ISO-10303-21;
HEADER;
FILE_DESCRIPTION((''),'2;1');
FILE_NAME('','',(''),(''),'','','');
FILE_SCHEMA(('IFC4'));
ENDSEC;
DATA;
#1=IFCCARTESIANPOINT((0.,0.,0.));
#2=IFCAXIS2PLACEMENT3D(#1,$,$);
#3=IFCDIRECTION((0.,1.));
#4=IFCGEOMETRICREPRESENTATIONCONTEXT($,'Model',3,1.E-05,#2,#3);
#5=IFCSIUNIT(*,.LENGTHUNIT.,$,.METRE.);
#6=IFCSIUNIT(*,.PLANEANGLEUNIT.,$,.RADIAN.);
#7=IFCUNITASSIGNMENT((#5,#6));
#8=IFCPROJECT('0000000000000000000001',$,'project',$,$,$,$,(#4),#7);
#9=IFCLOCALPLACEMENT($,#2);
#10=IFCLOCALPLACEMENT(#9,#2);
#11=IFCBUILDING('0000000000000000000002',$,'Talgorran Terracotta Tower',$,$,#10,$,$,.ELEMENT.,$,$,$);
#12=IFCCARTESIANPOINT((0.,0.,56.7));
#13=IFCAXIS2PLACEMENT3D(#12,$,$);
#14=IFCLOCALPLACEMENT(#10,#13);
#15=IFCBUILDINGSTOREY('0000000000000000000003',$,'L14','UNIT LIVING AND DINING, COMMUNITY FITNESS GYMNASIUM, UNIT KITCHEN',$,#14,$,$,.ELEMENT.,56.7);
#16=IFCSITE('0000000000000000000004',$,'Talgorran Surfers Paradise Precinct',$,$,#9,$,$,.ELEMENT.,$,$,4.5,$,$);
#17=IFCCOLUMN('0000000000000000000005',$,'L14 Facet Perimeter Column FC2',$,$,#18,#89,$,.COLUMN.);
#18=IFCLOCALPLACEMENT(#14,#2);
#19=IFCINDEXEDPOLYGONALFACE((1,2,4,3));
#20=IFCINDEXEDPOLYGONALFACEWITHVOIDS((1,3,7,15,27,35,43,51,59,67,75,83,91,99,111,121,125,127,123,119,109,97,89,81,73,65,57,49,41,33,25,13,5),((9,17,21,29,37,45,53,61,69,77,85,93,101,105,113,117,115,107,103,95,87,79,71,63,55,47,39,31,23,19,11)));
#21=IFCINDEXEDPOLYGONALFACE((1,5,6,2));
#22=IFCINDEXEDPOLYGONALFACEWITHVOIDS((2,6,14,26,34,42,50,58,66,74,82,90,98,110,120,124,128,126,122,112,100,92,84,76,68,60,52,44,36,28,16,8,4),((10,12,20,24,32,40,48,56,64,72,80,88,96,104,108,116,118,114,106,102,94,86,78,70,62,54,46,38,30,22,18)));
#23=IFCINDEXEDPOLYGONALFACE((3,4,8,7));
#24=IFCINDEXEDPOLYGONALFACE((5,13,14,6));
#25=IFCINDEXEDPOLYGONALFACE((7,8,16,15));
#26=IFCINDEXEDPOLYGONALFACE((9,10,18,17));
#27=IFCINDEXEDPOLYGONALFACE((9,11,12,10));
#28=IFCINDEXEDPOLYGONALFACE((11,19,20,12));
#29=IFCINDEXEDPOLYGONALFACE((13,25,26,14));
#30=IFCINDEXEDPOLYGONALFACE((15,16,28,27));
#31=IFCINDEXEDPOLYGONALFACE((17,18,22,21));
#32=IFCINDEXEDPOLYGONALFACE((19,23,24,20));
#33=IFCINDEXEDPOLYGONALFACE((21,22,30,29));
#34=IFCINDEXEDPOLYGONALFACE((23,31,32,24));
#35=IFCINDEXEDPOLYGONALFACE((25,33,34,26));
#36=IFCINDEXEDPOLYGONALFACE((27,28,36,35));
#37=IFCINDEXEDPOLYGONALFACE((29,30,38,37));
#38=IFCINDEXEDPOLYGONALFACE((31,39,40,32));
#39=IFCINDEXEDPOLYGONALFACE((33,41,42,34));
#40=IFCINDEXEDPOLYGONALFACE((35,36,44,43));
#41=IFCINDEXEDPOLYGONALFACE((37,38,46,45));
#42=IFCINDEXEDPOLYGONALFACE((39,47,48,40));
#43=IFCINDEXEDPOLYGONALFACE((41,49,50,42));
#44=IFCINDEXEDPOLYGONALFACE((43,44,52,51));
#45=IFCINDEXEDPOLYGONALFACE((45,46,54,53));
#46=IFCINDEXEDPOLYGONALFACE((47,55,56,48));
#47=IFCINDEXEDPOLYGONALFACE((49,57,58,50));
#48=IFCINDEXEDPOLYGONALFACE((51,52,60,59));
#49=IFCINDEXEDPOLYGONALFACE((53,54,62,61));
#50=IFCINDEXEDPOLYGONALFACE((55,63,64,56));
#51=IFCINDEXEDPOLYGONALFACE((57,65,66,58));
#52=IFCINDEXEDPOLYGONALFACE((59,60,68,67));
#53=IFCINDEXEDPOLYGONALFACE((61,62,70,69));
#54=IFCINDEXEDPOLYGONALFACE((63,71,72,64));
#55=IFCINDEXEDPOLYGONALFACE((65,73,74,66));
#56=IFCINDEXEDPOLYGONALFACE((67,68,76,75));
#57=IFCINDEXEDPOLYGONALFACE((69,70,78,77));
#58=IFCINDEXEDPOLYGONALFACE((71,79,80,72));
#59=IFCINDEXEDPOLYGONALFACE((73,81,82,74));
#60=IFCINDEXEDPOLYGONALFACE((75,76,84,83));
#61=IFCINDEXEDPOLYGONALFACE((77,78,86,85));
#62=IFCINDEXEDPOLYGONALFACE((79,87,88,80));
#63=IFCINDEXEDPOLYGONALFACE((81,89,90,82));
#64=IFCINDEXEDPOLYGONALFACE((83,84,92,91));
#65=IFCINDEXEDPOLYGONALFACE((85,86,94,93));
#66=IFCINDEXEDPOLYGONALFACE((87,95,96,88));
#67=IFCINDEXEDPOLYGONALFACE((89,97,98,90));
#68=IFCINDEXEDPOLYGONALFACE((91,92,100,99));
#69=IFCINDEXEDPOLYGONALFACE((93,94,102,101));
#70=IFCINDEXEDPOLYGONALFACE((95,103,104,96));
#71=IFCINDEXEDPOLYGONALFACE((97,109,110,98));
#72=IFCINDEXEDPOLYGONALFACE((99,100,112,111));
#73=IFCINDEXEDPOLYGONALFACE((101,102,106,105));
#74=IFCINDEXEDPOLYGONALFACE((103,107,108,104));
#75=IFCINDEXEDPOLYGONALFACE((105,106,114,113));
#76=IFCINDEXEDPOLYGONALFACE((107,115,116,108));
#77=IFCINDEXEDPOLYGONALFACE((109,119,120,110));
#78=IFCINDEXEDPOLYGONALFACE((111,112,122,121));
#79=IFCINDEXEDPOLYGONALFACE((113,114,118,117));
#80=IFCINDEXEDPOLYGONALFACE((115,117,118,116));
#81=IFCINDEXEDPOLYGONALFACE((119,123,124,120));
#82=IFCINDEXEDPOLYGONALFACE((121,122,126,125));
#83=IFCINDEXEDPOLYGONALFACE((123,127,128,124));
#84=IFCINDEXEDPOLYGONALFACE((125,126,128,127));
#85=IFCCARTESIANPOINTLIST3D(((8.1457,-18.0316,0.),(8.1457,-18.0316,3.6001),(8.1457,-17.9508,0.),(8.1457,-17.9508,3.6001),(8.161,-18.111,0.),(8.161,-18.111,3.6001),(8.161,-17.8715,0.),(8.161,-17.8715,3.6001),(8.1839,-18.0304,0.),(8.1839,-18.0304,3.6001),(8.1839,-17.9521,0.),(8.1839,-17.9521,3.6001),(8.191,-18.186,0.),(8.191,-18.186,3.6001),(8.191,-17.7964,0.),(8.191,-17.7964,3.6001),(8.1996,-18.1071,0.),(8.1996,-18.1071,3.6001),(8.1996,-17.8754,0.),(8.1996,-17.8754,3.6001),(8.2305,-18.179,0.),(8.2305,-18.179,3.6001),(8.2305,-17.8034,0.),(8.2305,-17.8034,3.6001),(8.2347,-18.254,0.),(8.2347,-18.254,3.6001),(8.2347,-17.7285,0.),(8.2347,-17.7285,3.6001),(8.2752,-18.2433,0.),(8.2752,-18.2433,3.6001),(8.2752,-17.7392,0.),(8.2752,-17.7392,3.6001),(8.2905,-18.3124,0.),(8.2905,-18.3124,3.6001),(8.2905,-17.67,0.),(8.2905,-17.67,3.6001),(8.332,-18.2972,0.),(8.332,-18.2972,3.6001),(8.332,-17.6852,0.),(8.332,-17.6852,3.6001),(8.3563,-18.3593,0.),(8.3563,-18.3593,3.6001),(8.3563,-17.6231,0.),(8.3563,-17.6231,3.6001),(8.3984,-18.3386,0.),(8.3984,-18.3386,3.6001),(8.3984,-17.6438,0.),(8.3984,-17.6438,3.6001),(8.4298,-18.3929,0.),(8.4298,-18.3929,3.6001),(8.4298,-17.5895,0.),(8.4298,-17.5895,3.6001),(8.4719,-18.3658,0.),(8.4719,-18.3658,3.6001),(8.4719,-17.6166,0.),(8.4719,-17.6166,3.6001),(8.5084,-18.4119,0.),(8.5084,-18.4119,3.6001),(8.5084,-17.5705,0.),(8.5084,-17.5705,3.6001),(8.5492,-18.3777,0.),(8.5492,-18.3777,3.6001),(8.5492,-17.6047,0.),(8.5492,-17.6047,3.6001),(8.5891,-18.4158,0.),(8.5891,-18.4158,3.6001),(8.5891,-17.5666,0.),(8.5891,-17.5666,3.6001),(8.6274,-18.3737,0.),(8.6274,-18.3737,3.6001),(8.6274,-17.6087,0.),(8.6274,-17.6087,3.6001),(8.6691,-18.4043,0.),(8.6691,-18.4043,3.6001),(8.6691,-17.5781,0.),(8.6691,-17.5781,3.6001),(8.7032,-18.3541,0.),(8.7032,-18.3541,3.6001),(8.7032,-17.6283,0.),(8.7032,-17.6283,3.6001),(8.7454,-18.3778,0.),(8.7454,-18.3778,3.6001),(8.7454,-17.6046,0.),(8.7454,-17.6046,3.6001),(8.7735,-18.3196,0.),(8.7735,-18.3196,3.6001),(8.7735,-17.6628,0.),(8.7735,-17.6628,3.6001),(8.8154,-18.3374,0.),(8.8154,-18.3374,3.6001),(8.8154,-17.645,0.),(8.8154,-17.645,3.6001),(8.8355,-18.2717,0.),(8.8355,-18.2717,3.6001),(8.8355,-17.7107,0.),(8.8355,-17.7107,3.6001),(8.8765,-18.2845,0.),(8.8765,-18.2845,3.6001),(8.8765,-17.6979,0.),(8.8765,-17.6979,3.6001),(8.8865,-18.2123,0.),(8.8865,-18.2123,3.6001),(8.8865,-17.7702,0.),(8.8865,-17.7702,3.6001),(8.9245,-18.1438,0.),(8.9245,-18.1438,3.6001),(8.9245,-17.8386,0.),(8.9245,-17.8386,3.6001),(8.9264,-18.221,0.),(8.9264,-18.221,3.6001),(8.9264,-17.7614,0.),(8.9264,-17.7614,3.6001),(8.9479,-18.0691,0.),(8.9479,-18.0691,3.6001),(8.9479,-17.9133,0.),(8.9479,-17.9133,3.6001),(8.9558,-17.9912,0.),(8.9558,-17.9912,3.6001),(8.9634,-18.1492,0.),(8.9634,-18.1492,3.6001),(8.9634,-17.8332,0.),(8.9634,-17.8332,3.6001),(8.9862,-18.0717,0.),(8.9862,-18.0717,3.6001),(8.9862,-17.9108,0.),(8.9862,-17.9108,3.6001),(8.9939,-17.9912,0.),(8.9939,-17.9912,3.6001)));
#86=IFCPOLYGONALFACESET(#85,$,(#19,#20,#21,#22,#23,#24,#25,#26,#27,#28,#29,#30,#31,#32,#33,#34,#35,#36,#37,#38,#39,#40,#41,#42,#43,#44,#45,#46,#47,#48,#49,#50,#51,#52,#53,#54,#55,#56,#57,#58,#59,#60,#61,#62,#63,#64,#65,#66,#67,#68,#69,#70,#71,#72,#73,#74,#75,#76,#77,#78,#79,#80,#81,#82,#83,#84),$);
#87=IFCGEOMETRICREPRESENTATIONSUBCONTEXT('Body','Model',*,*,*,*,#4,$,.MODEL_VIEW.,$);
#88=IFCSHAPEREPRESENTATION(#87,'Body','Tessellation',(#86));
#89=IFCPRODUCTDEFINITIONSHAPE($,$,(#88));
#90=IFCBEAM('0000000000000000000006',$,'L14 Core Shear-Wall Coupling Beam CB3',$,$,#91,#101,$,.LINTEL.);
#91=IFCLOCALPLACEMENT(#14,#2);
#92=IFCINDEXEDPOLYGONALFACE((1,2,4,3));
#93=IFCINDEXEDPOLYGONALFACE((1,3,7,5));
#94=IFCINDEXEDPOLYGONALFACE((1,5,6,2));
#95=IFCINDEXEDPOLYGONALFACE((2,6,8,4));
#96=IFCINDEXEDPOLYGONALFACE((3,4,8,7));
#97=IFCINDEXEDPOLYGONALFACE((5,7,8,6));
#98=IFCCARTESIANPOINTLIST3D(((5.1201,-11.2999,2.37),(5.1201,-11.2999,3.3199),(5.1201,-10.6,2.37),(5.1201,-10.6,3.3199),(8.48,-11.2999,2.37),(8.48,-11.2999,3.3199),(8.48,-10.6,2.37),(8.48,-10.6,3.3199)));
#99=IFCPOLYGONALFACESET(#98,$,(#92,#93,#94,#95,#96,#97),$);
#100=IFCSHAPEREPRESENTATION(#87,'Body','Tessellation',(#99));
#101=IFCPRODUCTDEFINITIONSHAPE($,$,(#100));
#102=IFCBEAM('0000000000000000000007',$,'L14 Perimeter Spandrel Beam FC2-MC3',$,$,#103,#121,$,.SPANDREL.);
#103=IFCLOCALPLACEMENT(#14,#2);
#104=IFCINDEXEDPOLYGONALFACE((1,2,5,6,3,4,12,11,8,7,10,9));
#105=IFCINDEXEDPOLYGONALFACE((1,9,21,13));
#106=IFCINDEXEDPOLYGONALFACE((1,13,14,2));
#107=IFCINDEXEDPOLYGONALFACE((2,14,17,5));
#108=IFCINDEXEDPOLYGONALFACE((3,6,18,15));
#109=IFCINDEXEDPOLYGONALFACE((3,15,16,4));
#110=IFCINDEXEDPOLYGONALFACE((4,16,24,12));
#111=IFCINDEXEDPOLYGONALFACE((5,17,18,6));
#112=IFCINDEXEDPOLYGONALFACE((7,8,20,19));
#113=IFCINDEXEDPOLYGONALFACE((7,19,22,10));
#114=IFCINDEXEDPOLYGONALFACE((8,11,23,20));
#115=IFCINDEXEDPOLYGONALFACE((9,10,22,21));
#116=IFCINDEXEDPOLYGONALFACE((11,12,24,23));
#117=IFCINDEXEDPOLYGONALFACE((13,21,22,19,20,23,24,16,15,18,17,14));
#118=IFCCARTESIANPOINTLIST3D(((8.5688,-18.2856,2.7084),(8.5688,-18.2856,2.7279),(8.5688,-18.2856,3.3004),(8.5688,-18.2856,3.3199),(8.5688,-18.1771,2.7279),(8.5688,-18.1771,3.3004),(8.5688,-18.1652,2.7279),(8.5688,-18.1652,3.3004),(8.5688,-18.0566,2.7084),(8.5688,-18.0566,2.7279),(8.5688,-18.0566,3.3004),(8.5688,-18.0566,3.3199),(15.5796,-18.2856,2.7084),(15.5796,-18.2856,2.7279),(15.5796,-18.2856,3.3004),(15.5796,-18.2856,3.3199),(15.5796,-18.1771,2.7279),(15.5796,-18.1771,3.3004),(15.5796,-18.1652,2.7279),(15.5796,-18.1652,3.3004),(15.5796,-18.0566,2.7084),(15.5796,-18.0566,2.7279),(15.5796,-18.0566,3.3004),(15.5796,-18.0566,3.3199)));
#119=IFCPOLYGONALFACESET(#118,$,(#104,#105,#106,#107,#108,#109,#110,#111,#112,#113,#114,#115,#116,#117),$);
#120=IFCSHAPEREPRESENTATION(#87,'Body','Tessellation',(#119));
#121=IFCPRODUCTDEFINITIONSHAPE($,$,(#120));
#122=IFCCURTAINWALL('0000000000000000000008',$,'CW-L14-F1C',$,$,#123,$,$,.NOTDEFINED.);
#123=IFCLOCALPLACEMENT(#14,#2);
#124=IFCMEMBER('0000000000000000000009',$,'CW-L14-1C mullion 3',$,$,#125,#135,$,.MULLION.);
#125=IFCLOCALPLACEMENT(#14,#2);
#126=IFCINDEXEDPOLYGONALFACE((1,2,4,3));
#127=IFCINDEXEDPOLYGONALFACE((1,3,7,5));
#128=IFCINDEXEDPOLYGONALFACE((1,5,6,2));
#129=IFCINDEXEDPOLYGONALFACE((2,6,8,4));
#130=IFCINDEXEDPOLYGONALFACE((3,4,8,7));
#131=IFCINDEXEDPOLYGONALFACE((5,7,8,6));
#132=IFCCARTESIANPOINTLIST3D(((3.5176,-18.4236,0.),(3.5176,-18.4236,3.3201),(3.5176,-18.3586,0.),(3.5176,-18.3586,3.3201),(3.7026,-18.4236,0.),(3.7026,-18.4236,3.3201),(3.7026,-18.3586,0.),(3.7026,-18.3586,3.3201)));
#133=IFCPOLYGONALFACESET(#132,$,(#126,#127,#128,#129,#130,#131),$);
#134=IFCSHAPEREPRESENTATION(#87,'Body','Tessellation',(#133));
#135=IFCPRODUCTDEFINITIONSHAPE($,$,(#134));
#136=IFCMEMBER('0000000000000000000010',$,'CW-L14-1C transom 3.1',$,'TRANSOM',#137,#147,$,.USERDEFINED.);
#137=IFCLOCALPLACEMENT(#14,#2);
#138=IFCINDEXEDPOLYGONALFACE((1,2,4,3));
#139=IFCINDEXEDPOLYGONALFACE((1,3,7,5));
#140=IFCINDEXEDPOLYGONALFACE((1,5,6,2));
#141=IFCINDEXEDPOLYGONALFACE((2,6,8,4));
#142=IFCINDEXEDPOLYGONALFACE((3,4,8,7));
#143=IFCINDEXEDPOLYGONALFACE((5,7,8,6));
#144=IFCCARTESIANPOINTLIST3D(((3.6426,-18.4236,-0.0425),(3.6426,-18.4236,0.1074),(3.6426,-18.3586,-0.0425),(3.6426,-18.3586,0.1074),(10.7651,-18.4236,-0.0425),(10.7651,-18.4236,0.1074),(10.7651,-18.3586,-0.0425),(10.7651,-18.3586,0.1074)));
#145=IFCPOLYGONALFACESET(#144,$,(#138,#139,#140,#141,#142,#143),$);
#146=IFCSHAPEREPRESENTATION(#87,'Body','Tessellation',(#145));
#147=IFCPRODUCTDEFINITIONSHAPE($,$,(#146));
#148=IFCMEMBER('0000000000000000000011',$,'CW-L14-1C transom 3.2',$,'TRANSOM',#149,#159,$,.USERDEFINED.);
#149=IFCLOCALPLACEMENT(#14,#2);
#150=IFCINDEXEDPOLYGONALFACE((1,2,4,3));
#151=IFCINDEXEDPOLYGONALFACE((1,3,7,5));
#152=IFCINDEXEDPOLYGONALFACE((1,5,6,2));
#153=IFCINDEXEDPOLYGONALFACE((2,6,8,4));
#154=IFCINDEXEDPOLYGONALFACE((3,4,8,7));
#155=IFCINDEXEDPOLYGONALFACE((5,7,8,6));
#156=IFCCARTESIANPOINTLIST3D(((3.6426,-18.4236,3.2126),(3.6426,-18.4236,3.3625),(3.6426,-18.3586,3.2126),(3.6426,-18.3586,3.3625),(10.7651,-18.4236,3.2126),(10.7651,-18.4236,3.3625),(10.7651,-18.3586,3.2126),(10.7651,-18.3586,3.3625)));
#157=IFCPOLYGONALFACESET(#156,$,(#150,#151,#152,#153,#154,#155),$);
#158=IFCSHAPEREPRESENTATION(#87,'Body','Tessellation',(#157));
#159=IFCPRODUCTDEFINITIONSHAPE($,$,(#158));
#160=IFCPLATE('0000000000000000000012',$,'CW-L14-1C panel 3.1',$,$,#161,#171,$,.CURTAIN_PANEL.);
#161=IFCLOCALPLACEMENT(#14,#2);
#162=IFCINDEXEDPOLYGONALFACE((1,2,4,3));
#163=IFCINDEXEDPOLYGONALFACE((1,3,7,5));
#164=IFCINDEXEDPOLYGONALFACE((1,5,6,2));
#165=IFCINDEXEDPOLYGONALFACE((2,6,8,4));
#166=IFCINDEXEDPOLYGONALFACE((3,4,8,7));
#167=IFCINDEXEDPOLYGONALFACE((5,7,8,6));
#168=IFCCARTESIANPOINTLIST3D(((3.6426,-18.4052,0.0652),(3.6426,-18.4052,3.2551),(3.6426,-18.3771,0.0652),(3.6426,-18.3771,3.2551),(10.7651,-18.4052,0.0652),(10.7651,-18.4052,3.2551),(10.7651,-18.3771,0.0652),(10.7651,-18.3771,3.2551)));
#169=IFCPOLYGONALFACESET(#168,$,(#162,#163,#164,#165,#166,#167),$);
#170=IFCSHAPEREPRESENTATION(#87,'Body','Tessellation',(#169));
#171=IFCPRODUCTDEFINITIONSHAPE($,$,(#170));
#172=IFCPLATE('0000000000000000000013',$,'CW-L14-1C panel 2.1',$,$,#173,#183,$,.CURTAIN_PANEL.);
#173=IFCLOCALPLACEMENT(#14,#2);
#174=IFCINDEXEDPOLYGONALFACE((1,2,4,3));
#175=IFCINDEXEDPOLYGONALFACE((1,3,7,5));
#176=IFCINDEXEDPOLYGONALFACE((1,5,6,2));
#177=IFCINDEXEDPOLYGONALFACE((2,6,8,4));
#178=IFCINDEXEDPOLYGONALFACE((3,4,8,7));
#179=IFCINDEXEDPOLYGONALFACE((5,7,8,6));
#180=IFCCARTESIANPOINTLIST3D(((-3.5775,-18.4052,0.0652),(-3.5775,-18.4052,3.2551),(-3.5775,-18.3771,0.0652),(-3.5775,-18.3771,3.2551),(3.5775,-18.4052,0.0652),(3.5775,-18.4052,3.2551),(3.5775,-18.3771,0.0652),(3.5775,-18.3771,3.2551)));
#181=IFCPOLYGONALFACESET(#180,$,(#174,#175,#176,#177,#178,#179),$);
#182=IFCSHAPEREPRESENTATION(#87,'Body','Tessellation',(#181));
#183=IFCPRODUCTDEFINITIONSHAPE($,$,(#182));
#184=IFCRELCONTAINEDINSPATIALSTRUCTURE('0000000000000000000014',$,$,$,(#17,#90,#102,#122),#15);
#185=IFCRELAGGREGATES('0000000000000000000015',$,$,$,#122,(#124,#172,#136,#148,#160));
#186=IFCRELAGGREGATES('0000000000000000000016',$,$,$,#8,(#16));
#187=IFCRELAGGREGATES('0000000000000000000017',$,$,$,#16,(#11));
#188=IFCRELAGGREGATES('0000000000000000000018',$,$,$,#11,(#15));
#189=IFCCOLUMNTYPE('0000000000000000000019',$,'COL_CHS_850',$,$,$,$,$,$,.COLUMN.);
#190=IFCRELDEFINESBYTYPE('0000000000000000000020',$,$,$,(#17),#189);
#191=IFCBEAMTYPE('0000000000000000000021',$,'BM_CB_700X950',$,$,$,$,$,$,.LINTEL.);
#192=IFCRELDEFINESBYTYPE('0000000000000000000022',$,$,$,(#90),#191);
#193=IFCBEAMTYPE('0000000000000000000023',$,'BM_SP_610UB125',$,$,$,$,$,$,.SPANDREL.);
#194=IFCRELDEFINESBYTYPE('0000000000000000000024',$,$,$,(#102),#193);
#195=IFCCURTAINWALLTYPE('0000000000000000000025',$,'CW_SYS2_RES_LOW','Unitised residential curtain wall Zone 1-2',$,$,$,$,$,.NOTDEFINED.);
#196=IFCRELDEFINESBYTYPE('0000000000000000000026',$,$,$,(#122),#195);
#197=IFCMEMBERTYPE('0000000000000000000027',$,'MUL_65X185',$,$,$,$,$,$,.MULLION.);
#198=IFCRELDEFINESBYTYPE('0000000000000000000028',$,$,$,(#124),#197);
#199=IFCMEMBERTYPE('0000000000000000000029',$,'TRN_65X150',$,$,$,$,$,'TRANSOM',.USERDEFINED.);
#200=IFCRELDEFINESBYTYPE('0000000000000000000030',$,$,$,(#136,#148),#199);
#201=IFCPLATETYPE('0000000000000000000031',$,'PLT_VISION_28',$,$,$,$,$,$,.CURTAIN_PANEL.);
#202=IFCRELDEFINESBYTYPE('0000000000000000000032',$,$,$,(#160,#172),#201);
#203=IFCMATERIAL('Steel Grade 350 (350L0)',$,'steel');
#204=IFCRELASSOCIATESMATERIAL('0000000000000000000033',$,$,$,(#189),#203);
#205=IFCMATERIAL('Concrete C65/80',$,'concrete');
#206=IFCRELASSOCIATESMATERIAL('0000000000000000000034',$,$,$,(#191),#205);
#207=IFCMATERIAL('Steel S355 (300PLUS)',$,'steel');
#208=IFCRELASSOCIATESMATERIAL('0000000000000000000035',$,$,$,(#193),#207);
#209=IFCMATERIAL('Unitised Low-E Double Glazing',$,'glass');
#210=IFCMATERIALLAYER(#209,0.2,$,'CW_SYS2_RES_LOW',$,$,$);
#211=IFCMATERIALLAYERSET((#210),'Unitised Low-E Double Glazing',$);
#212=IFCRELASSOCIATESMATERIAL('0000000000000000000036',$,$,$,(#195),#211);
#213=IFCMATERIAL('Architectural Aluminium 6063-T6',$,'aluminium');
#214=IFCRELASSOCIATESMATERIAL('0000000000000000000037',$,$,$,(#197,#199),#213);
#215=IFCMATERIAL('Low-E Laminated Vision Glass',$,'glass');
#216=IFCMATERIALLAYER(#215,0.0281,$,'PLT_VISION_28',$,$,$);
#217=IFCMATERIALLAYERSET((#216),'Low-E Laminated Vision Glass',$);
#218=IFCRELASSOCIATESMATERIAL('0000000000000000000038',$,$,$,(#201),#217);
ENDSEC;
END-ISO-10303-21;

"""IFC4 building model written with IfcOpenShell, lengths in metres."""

from ifc_helpers import new_model, si_unit, direction, frame, origin, origin_2d, place, context, subcontext, project, spatial, rectangle, hollow_circle, i_section, extrude, source, transform, mapped, material, layer, layer_set, material_profile, profile_set, type_object, type_shapes, element, aggregate, save


model = new_model("IFC4")

# Units and contexts
model_context = context("Model", 3, precision=1e-05, world=origin(), true_north=direction((0.0, 1.0)))
body_context = subcontext(model_context, "Body", "Model", "MODEL_VIEW")
ifc_project = project(units=[si_unit("LENGTHUNIT", "METRE"), si_unit("PLANEANGLEUNIT", "RADIAN")], contexts=[model_context])

# Site, building, storey
site_placement = place(None, origin())
site = spatial("IfcSite", under=ifc_project, at=site_placement, Name="Talgorran Surfers Paradise Precinct", CompositionType="ELEMENT", RefElevation=4.5)
building_placement = place(site_placement, origin())
building = spatial("IfcBuilding", under=site, at=building_placement, Name="Talgorran Terracotta Tower", CompositionType="ELEMENT")
storey_placement = place(building_placement, frame((0.0, 0.0, 56.7)))
storey = spatial("IfcBuildingStorey", under=building, at=storey_placement, Name="L14", Description="UNIT LIVING AND DINING, COMMUNITY FITNESS GYMNASIUM, UNIT KITCHEN", CompositionType="ELEMENT", Elevation=56.7)

# Column
ifc_material_1 = material(Name="Steel Grade 350 (350L0)", Category="steel")
ifc_material_profile_1 = material_profile(ifc_material_1, hollow_circle(Radius=0.425, WallThickness=0.0381, at=origin_2d()), Name="CHS850X38")
ifc_profile_set_1 = profile_set([ifc_material_profile_1], Name="Steel Grade 350 (350L0)")
column_type = type_object("IfcColumnType", Name="COL_CHS_850", PredefinedType="COLUMN", material=ifc_profile_set_1)
column_placement = place(storey_placement, frame((8.5688, -17.9912, 0.0), z_axis=(0.0, 0.0, 1.0), x_axis=(1.0, 0.0, 0.0)))
element("IfcColumn", 1, at=column_placement, inside=storey, type_object=column_type, Name="L14 Facet Perimeter Column FC2", PredefinedType="COLUMN", context=body_context, shape_type="SweptSolid", body=[
    extrude(hollow_circle(Radius=0.425, WallThickness=0.0381, at=origin_2d()), origin(), (0.0, 0.0, 1.0), 3.6001),
])

# Beams
ifc_material_2 = material(Name="Concrete C65/80", Category="concrete")
ifc_material_profile_2 = material_profile(ifc_material_2, rectangle(XDim=0.7, YDim=0.95, at=origin_2d()), Name="RCCB700X950")
ifc_profile_set_2 = profile_set([ifc_material_profile_2], Name="Concrete C65/80")
beam_type_1 = type_object("IfcBeamType", Name="BM_CB_700X950", PredefinedType="LINTEL", material=ifc_profile_set_2)
beam_1_placement = place(storey_placement, frame((5.1201, -10.95, 2.845), z_axis=(1.0, 0.0, 0.0), x_axis=(0.0, 1.0, 0.0)))
element("IfcBeam", 2, at=beam_1_placement, inside=storey, type_object=beam_type_1, Name="L14 Core Shear-Wall Coupling Beam CB3", PredefinedType="LINTEL", context=body_context, shape_type="SweptSolid", body=[
    extrude(rectangle(XDim=0.7, YDim=0.95, at=origin_2d()), origin(), (0.0, 0.0, 1.0), 3.3599),
])
ifc_material_3 = material(Name="Steel S355 (300PLUS)", Category="steel")
ifc_material_profile_3 = material_profile(ifc_material_3, i_section(OverallWidth=0.229, OverallDepth=0.6116, WebThickness=0.012, FlangeThickness=0.0195, at=origin_2d()), Name="610UB125")
ifc_profile_set_3 = profile_set([ifc_material_profile_3], Name="Steel S355 (300PLUS)")
beam_type_2 = type_object("IfcBeamType", Name="BM_SP_610UB125", PredefinedType="SPANDREL", material=ifc_profile_set_3)
beam_2_placement = place(storey_placement, frame((8.5688, -18.1711, 3.0142), z_axis=(1.0, 0.0, 0.0), x_axis=(0.0, 1.0, 0.0)))
element("IfcBeam", 3, at=beam_2_placement, inside=storey, type_object=beam_type_2, Name="L14 Perimeter Spandrel Beam FC2-MC3", PredefinedType="SPANDREL", context=body_context, shape_type="SweptSolid", body=[
    extrude(i_section(OverallWidth=0.229, OverallDepth=0.6116, WebThickness=0.012, FlangeThickness=0.0195, at=origin_2d()), origin(), (0.0, 0.0, 1.0), 7.0107),
])

# Curtain wall, members, plates
ifc_material_4 = material(Name="Unitised Low-E Double Glazing", Category="glass")
ifc_layer_1 = layer(ifc_material_4, 0.2, Name="CW_SYS2_RES_LOW")
ifc_layer_set_1 = layer_set([ifc_layer_1], Name="Unitised Low-E Double Glazing")
curtain_wall_type = type_object("IfcCurtainWallType", Name="CW_SYS2_RES_LOW", Description="Unitised residential curtain wall Zone 1-2", PredefinedType="NOTDEFINED", material=ifc_layer_set_1)
curtain_wall_placement = place(storey_placement, origin())
curtain_wall = element("IfcCurtainWall", 4, at=curtain_wall_placement, inside=storey, type_object=curtain_wall_type, Name="CW-L14-F1C", PredefinedType="NOTDEFINED")
ifc_material_5 = material(Name="Architectural Aluminium 6063-T6", Category="aluminium")
ifc_material_profile_4 = material_profile(ifc_material_5, rectangle(XDim=0.0649, YDim=0.1851, at=origin_2d()), Name="CWM65X185")
ifc_profile_set_4 = profile_set([ifc_material_profile_4], Name="Architectural Aluminium 6063-T6")
member_type_1 = type_object("IfcMemberType", Name="MUL_65X185", PredefinedType="MULLION", material=ifc_profile_set_4)
member_1_placement = place(storey_placement, frame((3.6101, -18.3911, 0.0), z_axis=(0.0, 0.0, 1.0), x_axis=(0.0, 1.0, 0.0)))
member_1 = element("IfcMember", 5, at=member_1_placement, type_object=member_type_1, Name="CW-L14-1C mullion 3", PredefinedType="MULLION", context=body_context, shape_type="SweptSolid", body=[
    extrude(rectangle(XDim=0.0649, YDim=0.1851, at=origin_2d()), origin(), (0.0, 0.0, 1.0), 3.3201),
])
ifc_material_profile_5 = material_profile(ifc_material_5, rectangle(XDim=0.0649, YDim=0.1499, at=origin_2d()), Name="CWT65X150")
ifc_profile_set_5 = profile_set([ifc_material_profile_5], Name="Architectural Aluminium 6063-T6")
member_type_2 = type_object("IfcMemberType", Name="TRN_65X150", ElementType="TRANSOM", PredefinedType="USERDEFINED", material=ifc_profile_set_5)
member_2_placement = place(storey_placement, frame((3.6426, -18.3911, 0.0325), z_axis=(1.0, 0.0, 0.0), x_axis=(0.0, 1.0, 0.0)))
member_2 = element("IfcMember", 6, at=member_2_placement, type_object=member_type_2, Name="CW-L14-1C transom 3.1", ObjectType="TRANSOM", PredefinedType="USERDEFINED", context=body_context, shape_type="SweptSolid", body=[
    extrude(rectangle(XDim=0.0649, YDim=0.1499, at=origin_2d()), origin(), (0.0, 0.0, 1.0), 7.1226),
])
member_3_placement = place(storey_placement, frame((3.6426, -18.3911, 3.2876), z_axis=(1.0, 0.0, 0.0), x_axis=(0.0, 1.0, 0.0)))
member_3 = element("IfcMember", 7, at=member_3_placement, type_object=member_type_2, Name="CW-L14-1C transom 3.2", ObjectType="TRANSOM", PredefinedType="USERDEFINED", context=body_context, shape_type="SweptSolid", body=[
    extrude(rectangle(XDim=0.0649, YDim=0.1499, at=origin_2d()), origin(), (0.0, 0.0, 1.0), 7.1226),
])
ifc_material_6 = material(Name="Low-E Laminated Vision Glass", Category="glass")
ifc_layer_2 = layer(ifc_material_6, 0.0281, Name="PLT_VISION_28")
ifc_layer_set_2 = layer_set([ifc_layer_2], Name="Low-E Laminated Vision Glass")
plate_type = type_object("IfcPlateType", Name="PLT_VISION_28", PredefinedType="CURTAIN_PANEL", material=ifc_layer_set_2)
shared_shape_1 = source(origin(), body_context, "Body", "SweptSolid", [
    extrude(rectangle(XDim=7.1226, YDim=0.0281, at=origin_2d()), origin(), (0.0, 0.0, 1.0), 3.1899),
])
plate_1_placement = place(storey_placement, frame((7.2039, -18.3911, 0.0652), z_axis=(0.0, 0.0, 1.0), x_axis=(1.0, 0.0, 0.0)))
plate_1 = element("IfcPlate", 8, at=plate_1_placement, type_object=plate_type, Name="CW-L14-1C panel 3.1", PredefinedType="CURTAIN_PANEL", context=body_context, shape_type="MappedRepresentation", body=[
    mapped(shared_shape_1, transform((0.0, 0.0, 0.0), scale=1.0)),
])
shared_shape_2 = source(origin(), body_context, "Body", "SweptSolid", [
    extrude(rectangle(XDim=7.155, YDim=0.0281, at=origin_2d()), origin(), (0.0, 0.0, 1.0), 3.1899),
])
type_shapes(plate_type, [shared_shape_1, shared_shape_2])
plate_2_placement = place(storey_placement, frame((0.0, -18.3911, 0.0652), z_axis=(0.0, 0.0, 1.0), x_axis=(1.0, 0.0, 0.0)))
plate_2 = element("IfcPlate", 9, at=plate_2_placement, type_object=plate_type, Name="CW-L14-1C panel 2.1", PredefinedType="CURTAIN_PANEL", context=body_context, shape_type="MappedRepresentation", body=[
    mapped(shared_shape_2, transform((0.0, 0.0, 0.0), scale=1.0)),
])
aggregate(curtain_wall, [member_1, plate_2, member_2, member_3, plate_1])

save(model, "model.ifc")
